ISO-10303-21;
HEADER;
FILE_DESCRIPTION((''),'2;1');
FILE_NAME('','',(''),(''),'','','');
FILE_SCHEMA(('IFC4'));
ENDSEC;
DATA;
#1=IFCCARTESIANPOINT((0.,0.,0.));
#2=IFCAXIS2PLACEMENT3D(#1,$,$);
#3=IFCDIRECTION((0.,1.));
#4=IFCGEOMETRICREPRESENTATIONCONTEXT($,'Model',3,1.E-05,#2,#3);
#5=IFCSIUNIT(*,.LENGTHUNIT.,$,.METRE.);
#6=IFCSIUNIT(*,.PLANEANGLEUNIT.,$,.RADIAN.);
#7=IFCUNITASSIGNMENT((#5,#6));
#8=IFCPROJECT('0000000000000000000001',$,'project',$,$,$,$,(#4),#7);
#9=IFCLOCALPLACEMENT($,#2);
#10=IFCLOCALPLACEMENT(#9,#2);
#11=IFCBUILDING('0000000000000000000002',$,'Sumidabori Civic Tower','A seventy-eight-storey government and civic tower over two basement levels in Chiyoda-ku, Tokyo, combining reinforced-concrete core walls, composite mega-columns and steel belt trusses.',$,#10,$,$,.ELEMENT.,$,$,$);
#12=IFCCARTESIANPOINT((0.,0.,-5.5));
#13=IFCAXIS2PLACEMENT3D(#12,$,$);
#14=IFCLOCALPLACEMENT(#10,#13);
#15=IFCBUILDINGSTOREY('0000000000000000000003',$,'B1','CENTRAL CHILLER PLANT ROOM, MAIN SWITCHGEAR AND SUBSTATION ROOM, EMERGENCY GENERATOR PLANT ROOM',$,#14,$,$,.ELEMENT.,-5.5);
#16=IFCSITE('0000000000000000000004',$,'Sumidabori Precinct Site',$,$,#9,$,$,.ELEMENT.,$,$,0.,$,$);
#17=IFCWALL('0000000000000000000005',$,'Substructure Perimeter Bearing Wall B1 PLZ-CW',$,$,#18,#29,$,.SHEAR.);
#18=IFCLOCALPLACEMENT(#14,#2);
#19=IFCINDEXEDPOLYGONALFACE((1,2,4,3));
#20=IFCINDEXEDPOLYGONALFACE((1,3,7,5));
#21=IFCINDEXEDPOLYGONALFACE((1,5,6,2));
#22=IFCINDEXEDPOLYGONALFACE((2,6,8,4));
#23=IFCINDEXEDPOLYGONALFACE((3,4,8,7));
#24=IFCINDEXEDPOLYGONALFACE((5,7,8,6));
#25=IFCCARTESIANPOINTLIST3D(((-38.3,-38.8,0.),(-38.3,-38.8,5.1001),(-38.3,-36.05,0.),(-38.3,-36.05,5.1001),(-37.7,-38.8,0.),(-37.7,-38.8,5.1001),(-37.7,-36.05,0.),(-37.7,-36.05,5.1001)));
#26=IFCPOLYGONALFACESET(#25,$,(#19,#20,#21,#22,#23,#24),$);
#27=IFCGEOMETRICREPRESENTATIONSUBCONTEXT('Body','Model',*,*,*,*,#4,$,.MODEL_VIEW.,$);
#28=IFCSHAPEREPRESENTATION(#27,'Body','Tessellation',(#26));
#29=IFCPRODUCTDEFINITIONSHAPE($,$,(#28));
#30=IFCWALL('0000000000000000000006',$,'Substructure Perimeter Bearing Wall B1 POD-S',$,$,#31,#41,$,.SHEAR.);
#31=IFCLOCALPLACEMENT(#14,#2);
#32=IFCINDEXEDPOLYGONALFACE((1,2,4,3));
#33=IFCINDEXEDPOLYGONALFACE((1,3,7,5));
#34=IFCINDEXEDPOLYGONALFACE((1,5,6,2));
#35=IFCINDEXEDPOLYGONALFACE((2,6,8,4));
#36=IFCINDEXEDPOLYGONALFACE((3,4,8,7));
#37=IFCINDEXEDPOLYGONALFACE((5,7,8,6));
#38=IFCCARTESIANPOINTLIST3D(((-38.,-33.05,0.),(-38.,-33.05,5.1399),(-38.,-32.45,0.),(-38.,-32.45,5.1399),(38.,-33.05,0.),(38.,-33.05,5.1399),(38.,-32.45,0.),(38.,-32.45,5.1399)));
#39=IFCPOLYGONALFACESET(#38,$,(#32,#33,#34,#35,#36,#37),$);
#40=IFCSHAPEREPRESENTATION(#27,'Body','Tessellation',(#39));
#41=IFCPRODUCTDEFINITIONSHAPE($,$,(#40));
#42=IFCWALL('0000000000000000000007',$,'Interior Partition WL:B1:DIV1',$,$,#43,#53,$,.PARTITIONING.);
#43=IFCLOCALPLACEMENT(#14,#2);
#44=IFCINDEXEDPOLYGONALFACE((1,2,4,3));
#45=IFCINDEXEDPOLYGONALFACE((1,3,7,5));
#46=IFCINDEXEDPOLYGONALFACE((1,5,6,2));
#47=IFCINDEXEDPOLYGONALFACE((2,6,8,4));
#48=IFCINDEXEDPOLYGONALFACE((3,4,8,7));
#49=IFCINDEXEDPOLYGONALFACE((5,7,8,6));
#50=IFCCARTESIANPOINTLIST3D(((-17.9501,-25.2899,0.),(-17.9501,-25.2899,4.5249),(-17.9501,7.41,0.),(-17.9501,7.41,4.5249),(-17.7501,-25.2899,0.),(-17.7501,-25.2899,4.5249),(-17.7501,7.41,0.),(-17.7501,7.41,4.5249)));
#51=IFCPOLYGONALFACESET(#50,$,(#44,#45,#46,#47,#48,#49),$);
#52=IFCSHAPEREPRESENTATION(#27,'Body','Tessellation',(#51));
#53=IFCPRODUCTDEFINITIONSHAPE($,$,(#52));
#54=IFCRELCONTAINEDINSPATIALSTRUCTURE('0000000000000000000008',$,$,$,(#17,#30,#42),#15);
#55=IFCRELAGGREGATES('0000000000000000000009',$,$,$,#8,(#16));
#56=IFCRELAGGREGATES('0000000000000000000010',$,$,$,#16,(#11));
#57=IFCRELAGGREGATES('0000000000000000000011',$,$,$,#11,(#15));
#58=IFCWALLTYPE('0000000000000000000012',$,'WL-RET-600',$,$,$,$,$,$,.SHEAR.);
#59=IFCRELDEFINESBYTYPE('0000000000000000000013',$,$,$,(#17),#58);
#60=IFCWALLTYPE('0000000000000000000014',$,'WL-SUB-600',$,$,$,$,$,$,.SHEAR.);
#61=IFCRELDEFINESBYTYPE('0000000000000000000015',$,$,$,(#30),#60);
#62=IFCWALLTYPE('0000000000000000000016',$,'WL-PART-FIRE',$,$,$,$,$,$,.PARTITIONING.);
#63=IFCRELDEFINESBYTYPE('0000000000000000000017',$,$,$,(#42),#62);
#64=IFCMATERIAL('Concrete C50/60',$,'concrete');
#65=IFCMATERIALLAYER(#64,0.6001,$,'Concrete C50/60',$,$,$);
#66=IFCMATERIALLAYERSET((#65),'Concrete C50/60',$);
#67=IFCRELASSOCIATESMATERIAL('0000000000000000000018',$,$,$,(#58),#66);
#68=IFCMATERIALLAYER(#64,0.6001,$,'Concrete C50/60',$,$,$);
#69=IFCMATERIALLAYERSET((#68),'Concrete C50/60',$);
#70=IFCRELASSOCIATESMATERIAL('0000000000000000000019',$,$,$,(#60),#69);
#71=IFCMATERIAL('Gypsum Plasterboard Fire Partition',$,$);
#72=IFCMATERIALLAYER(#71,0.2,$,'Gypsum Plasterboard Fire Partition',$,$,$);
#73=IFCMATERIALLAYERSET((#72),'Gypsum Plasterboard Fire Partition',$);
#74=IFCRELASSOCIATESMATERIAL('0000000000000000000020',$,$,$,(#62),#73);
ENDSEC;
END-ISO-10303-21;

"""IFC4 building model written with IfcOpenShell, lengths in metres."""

from ifc_helpers import new_model, si_unit, direction, frame, frame_2d, origin, place, context, subcontext, project, spatial, rectangle, extrude, source, transform, mapped, material, layer, layer_set, type_object, element, save


model = new_model("IFC4")

# Units and contexts
model_context = context("Model", 3, precision=1e-05, world=origin(), true_north=direction((0.0, 1.0)))
body_context = subcontext(model_context, "Body", "Model", "MODEL_VIEW")
ifc_project = project(units=[si_unit("LENGTHUNIT", "METRE"), si_unit("PLANEANGLEUNIT", "RADIAN")], contexts=[model_context])

# Site, building, storey
site_placement = place(None, origin())
site = spatial("IfcSite", under=ifc_project, at=site_placement, Name="Sumidabori Precinct Site", CompositionType="ELEMENT", RefElevation=0.0)
building_placement = place(site_placement, origin())
building = spatial("IfcBuilding", under=site, at=building_placement, Name="Sumidabori Civic Tower", Description="A seventy-eight-storey government and civic tower over two basement levels in Chiyoda-ku, Tokyo, combining reinforced-concrete core walls, composite mega-columns and steel belt trusses.", CompositionType="ELEMENT")
storey_placement = place(building_placement, frame((0.0, 0.0, -5.5)))
storey = spatial("IfcBuildingStorey", under=building, at=storey_placement, Name="B1", Description="CENTRAL CHILLER PLANT ROOM, MAIN SWITCHGEAR AND SUBSTATION ROOM, EMERGENCY GENERATOR PLANT ROOM", CompositionType="ELEMENT", Elevation=-5.5)

# Walls
ifc_material_1 = material(Name="Concrete C50/60", Category="concrete")
ifc_layer_1 = layer(ifc_material_1, 0.6001, Name="Concrete C50/60")
ifc_layer_set_1 = layer_set([ifc_layer_1], Name="Concrete C50/60")
wall_type_1 = type_object("IfcWallType", Name="WL-RET-600", PredefinedType="SHEAR", material=ifc_layer_set_1)
ifc_layer_2 = layer(ifc_material_1, 0.6001, Name="Concrete C50/60")
ifc_layer_set_2 = layer_set([ifc_layer_2], Name="Concrete C50/60")
wall_type_2 = type_object("IfcWallType", Name="WL-SUB-600", PredefinedType="SHEAR", material=ifc_layer_set_2)
shared_shape_1 = source(origin(), body_context, "Body", "SweptSolid", [
    extrude(rectangle(XDim=2.75, YDim=0.6001, at=frame_2d((1.375, 0.0))), origin(), (0.0, 0.0, 1.0), 5.1001),
])
wall_1_placement = place(storey_placement, frame((-38.0, -38.8, 0.0), z_axis=(0.0, 0.0, 1.0), x_axis=(0.0, 1.0, 0.0)))
element("IfcWall", 1, at=wall_1_placement, inside=storey, type_object=wall_type_1, Name="Substructure Perimeter Bearing Wall B1 PLZ-CW", PredefinedType="SHEAR", context=body_context, shape_type="MappedRepresentation", body=[
    mapped(shared_shape_1, transform((0.0, 0.0, 0.0), x_axis=(1.0, 0.0, 0.0), y_axis=(0.0, 1.0, 0.0), z_axis=(0.0, 0.0, 1.0), scale=1.0)),
])
shared_shape_2 = source(origin(), body_context, "Body", "SweptSolid", [
    extrude(rectangle(XDim=76.0, YDim=0.6001, at=frame_2d((38.0, 0.0))), origin(), (0.0, 0.0, 1.0), 5.1399),
])
wall_2_placement = place(storey_placement, frame((-38.0, -32.75, 0.0), z_axis=(0.0, 0.0, 1.0), x_axis=(1.0, 0.0, 0.0)))
element("IfcWall", 2, at=wall_2_placement, inside=storey, type_object=wall_type_2, Name="Substructure Perimeter Bearing Wall B1 POD-S", PredefinedType="SHEAR", context=body_context, shape_type="MappedRepresentation", body=[
    mapped(shared_shape_2, transform((0.0, 0.0, 0.0), x_axis=(1.0, 0.0, 0.0), y_axis=(0.0, 1.0, 0.0), z_axis=(0.0, 0.0, 1.0), scale=1.0)),
])
ifc_material_2 = material(Name="Gypsum Plasterboard Fire Partition")
ifc_layer_3 = layer(ifc_material_2, 0.2, Name="Gypsum Plasterboard Fire Partition")
ifc_layer_set_3 = layer_set([ifc_layer_3], Name="Gypsum Plasterboard Fire Partition")
wall_type_3 = type_object("IfcWallType", Name="WL-PART-FIRE", PredefinedType="PARTITIONING", material=ifc_layer_set_3)
shared_shape_3 = source(origin(), body_context, "Body", "SweptSolid", [
    extrude(rectangle(XDim=32.7, YDim=0.2, at=frame_2d((16.3501, 0.0))), origin(), (0.0, 0.0, 1.0), 4.5249),
])
wall_3_placement = place(storey_placement, frame((-17.8501, -25.29, 0.0), z_axis=(0.0, 0.0, 1.0), x_axis=(0.0, 1.0, 0.0)))
element("IfcWall", 3, at=wall_3_placement, inside=storey, type_object=wall_type_3, Name="Interior Partition WL:B1:DIV1", PredefinedType="PARTITIONING", context=body_context, shape_type="MappedRepresentation", body=[
    mapped(shared_shape_3, transform((0.0, 0.0, 0.0), x_axis=(1.0, 0.0, 0.0), y_axis=(0.0, 1.0, 0.0), z_axis=(0.0, 0.0, 1.0), scale=1.0)),
])

save(model, "model.ifc")
